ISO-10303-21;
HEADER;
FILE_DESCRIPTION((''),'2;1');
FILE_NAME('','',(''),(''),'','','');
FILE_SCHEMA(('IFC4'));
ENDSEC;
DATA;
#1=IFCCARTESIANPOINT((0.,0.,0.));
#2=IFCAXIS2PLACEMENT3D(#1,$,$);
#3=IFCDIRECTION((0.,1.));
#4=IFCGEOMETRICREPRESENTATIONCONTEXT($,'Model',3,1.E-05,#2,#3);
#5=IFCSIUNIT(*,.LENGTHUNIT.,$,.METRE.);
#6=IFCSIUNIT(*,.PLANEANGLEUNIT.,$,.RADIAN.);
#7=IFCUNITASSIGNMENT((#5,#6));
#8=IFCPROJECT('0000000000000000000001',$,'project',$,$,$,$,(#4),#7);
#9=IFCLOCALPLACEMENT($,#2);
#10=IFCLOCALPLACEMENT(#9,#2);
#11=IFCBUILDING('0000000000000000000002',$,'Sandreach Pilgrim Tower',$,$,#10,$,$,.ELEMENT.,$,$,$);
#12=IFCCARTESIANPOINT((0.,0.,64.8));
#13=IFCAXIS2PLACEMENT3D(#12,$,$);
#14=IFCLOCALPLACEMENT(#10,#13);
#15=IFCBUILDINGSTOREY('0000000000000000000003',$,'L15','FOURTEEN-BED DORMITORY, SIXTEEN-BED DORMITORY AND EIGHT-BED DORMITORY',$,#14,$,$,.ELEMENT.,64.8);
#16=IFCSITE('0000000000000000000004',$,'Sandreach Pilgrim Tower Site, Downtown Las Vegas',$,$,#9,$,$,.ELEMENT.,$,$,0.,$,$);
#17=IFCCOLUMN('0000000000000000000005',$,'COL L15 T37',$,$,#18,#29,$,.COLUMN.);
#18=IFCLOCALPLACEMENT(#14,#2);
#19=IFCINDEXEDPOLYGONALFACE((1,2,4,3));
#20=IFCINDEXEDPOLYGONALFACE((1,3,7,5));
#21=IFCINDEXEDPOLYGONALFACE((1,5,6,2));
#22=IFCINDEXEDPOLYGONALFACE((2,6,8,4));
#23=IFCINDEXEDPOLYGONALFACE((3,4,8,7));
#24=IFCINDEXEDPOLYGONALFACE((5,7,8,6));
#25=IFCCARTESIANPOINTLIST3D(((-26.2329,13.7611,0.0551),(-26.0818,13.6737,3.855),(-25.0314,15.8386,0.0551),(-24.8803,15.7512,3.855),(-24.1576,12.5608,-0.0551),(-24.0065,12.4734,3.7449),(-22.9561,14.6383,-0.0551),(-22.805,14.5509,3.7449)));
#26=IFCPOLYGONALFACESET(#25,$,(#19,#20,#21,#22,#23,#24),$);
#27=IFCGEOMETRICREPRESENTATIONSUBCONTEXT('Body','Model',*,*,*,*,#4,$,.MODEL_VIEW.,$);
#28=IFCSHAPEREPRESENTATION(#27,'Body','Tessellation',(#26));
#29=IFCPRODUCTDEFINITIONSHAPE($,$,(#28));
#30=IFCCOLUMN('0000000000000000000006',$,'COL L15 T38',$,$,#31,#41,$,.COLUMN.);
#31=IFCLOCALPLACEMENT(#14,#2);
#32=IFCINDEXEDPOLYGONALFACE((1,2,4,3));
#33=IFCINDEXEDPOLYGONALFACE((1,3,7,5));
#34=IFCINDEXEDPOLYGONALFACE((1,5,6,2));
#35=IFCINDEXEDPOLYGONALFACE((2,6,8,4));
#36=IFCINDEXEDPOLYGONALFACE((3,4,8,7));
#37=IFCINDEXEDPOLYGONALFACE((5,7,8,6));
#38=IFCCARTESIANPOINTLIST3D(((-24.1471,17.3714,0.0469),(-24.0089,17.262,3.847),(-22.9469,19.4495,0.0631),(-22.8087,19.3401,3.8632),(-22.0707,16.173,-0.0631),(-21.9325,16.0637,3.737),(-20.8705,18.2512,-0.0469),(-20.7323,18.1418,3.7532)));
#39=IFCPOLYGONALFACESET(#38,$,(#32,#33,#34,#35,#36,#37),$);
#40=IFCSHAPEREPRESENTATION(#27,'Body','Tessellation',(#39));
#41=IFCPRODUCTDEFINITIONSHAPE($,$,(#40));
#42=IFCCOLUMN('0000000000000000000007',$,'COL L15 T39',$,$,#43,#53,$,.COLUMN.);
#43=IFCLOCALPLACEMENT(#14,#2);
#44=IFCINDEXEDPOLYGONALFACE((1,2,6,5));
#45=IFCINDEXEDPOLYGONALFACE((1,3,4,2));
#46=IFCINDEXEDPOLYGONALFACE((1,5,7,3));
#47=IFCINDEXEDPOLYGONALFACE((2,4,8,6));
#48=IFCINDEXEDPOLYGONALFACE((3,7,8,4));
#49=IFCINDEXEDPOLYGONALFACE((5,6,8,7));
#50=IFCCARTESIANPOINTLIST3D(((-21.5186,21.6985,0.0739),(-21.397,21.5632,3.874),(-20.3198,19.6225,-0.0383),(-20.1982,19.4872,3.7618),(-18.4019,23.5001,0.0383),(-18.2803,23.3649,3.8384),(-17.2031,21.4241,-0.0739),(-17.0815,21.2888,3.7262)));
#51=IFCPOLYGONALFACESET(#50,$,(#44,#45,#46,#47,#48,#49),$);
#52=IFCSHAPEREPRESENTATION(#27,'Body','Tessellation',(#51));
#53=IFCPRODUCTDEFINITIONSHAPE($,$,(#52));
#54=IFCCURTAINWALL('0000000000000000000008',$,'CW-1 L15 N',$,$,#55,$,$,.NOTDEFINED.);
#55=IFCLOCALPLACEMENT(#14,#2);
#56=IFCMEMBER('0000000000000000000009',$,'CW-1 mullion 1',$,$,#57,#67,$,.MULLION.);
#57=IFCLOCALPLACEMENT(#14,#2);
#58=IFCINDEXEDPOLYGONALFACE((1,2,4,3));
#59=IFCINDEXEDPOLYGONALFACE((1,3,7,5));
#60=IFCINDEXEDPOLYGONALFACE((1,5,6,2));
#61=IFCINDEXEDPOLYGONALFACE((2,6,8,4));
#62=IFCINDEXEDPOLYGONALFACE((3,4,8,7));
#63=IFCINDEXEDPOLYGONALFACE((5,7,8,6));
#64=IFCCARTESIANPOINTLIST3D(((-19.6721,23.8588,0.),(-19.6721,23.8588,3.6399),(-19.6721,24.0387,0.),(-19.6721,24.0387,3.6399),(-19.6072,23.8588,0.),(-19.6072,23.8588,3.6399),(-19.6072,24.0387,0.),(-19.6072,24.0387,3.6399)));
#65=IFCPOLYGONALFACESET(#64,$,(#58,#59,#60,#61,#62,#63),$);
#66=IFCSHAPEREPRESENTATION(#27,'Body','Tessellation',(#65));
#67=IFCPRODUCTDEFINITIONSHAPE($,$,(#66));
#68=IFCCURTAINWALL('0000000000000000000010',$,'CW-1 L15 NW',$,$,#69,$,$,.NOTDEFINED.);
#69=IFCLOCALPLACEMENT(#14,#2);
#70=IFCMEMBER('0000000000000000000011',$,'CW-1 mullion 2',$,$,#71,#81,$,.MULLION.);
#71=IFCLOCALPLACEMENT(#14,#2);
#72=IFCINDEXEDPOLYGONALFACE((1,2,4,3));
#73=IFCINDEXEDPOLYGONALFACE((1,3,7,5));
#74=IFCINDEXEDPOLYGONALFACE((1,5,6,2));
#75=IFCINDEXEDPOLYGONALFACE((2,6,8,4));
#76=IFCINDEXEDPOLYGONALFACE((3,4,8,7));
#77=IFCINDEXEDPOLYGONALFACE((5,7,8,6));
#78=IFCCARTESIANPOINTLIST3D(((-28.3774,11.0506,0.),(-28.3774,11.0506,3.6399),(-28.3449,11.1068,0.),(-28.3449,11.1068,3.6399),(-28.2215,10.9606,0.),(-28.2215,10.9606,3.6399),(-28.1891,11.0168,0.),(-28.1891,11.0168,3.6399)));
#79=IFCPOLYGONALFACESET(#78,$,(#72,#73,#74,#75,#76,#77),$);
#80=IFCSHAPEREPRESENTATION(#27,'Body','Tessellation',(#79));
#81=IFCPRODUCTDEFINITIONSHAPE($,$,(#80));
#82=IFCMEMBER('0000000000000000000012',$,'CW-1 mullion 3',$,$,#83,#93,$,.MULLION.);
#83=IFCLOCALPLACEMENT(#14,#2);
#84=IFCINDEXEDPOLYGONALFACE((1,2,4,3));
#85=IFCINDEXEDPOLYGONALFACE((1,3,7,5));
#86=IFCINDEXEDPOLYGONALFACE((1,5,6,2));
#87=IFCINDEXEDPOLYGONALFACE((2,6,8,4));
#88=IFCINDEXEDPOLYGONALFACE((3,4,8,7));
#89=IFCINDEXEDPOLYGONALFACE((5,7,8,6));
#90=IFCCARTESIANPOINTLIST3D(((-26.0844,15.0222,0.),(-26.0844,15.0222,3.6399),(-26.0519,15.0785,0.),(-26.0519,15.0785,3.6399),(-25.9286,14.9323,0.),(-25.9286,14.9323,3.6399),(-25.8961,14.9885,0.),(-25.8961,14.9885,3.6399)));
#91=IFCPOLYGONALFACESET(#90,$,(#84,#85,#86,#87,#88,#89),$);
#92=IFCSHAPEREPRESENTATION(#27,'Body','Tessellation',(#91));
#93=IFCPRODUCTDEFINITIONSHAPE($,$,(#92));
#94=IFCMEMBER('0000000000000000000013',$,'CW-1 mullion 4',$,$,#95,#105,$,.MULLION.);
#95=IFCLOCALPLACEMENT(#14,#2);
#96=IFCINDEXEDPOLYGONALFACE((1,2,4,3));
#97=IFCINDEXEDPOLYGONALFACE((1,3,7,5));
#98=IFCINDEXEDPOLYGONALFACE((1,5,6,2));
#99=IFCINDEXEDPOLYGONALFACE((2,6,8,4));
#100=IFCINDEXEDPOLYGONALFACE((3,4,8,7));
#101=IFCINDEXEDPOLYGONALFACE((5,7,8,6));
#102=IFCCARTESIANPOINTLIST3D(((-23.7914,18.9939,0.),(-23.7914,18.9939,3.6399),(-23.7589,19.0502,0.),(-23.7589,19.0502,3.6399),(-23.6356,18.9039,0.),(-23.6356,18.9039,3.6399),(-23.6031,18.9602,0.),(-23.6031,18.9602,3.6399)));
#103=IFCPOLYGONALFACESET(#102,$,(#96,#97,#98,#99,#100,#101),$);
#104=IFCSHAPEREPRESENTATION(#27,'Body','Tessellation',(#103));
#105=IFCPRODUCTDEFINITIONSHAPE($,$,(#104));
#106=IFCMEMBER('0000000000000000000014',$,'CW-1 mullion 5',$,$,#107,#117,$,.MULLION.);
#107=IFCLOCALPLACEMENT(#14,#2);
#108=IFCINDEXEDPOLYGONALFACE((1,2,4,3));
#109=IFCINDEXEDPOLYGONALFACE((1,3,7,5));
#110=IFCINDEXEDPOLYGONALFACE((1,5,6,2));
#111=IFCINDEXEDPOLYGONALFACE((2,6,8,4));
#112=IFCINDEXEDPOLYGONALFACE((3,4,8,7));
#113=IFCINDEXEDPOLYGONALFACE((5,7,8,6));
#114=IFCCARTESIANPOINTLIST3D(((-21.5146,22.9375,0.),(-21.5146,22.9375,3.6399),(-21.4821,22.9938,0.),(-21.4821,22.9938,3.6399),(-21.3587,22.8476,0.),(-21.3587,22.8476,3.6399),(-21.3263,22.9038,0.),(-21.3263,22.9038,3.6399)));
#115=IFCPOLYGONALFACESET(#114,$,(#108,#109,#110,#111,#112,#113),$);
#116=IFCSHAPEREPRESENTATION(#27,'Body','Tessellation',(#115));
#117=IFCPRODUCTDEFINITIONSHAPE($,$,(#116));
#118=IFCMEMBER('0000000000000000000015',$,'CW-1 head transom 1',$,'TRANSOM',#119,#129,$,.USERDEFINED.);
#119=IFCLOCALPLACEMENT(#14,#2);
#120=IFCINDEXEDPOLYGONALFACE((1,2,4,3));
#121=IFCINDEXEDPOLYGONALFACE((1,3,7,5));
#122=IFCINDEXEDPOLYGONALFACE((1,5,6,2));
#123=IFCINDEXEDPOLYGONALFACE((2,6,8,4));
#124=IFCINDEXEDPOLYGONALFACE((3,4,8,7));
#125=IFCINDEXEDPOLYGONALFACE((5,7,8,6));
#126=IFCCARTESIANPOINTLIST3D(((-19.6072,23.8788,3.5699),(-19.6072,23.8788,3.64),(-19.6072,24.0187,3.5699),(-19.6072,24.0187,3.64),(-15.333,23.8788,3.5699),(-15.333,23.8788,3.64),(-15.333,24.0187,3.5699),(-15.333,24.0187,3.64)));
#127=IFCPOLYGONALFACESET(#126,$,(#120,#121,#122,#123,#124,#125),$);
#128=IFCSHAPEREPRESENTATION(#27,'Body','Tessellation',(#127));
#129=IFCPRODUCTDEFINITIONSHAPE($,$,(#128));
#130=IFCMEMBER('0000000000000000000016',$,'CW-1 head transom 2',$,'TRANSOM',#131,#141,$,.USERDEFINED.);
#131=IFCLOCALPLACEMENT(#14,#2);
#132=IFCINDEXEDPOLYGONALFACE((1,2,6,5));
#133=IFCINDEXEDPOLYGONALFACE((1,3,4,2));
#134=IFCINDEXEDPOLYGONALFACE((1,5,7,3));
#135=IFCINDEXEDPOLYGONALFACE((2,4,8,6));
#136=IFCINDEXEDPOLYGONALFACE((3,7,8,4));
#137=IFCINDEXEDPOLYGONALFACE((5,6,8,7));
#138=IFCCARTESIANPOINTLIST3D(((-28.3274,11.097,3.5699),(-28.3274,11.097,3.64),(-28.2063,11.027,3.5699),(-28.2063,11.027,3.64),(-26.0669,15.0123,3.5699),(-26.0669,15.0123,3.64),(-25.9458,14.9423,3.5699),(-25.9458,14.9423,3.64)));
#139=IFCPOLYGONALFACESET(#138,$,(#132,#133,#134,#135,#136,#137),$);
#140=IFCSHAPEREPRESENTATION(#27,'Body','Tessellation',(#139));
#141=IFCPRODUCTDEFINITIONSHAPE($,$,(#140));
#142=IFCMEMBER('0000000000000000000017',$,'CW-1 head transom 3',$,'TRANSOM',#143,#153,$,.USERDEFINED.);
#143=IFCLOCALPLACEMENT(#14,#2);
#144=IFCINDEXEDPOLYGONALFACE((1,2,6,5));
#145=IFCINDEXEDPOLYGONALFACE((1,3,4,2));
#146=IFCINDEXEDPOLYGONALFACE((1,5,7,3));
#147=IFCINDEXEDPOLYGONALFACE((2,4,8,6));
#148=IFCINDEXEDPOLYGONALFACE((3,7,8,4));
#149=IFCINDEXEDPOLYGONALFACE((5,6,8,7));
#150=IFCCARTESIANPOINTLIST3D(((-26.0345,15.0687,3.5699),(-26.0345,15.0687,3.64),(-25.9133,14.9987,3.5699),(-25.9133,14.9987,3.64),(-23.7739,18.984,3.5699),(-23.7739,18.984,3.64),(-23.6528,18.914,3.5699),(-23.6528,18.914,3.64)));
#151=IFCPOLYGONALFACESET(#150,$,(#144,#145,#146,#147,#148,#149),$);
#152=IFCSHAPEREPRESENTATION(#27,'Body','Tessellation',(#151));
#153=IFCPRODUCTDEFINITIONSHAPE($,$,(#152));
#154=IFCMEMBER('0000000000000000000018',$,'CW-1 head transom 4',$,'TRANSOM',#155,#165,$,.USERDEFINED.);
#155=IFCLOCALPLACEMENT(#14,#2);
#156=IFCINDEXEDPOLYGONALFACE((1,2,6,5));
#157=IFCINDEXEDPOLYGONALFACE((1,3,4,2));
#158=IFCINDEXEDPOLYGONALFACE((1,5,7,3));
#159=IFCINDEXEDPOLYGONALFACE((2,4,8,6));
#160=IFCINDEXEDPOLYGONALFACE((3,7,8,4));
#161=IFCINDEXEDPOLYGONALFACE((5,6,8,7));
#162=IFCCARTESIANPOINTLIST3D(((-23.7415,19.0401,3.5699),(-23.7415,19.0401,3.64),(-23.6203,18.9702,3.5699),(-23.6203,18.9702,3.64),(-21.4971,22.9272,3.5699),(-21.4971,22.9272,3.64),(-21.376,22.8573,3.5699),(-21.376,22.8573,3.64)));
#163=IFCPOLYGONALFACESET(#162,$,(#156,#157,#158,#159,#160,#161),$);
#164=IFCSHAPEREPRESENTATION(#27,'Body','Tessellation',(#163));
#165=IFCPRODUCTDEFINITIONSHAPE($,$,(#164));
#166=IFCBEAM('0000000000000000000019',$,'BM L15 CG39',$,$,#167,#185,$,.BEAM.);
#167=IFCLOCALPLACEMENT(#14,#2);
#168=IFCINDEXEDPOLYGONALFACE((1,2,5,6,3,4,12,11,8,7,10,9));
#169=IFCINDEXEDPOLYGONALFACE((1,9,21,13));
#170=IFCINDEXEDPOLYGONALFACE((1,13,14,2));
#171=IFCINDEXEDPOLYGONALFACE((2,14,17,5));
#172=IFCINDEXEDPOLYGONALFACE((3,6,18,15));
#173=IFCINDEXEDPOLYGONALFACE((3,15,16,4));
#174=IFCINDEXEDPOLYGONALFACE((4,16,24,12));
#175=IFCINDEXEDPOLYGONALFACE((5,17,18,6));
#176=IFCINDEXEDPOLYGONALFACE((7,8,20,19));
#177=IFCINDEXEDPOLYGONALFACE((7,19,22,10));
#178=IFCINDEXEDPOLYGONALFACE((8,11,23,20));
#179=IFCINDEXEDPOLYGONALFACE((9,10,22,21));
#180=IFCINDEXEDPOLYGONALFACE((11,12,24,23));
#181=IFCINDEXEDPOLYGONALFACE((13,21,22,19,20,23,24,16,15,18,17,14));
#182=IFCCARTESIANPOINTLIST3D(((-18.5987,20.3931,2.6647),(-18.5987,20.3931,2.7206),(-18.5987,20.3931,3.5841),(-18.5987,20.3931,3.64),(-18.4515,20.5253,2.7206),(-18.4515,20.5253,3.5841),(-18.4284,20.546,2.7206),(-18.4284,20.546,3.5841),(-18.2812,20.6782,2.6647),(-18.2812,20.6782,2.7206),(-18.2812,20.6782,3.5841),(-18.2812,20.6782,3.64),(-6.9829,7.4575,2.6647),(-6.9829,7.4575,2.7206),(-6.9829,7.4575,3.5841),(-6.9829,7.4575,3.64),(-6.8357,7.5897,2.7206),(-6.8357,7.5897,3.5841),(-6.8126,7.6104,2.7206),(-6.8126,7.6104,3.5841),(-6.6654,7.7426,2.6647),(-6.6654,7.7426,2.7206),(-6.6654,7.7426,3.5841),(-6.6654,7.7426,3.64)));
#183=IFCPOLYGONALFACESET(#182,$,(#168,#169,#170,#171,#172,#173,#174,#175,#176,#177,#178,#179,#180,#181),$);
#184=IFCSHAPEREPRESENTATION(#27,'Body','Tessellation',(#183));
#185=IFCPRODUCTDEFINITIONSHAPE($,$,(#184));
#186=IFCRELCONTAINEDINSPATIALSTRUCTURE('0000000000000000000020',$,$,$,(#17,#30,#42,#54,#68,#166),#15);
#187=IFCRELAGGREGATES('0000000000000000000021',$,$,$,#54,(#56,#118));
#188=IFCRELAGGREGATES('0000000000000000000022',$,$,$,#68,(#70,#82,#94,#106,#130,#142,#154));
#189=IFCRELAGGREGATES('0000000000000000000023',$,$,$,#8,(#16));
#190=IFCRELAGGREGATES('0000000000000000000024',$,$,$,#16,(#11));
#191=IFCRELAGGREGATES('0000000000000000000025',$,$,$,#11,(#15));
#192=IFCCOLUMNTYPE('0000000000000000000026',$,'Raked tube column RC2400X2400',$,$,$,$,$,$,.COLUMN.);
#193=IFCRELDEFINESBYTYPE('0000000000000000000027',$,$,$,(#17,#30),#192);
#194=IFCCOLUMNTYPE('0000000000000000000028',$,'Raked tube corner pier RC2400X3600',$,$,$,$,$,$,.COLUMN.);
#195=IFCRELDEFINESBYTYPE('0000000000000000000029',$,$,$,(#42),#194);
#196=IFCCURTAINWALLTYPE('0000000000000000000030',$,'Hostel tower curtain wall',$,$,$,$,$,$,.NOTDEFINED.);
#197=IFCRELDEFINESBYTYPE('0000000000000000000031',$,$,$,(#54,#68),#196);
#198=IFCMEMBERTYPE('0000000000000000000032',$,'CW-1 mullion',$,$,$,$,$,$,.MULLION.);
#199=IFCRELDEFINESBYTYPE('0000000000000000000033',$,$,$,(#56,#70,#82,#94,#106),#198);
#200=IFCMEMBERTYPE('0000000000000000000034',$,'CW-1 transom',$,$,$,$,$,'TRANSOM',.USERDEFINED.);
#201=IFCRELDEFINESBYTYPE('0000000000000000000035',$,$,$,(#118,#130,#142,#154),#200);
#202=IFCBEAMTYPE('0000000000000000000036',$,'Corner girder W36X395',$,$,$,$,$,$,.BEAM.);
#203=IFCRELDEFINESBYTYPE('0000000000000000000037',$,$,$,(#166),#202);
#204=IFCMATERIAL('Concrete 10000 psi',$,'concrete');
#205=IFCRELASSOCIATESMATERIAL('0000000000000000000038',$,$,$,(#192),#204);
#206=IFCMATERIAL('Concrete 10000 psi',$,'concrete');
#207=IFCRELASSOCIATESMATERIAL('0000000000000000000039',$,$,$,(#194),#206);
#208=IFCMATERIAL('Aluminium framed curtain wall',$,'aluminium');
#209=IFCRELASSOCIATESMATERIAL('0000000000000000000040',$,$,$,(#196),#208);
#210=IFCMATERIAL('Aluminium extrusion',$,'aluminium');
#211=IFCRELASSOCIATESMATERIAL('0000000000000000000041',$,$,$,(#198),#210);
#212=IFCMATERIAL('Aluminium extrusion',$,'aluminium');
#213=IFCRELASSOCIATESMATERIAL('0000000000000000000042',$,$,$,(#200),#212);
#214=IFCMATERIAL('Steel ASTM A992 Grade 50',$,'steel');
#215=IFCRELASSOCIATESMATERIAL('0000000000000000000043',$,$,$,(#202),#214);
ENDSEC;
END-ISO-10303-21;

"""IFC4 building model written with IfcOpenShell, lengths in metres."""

from ifc_helpers import new_model, si_unit, direction, frame, origin, origin_2d, place, context, subcontext, project, spatial, rectangle, i_section, extrude, material, material_profile, profile_set, type_object, element, aggregate, save


model = new_model("IFC4")

# Units and contexts
model_context = context("Model", 3, precision=1e-05, world=origin(), true_north=direction((0.0, 1.0)))
body_context = subcontext(model_context, "Body", "Model", "MODEL_VIEW")
ifc_project = project(units=[si_unit("LENGTHUNIT", "METRE"), si_unit("PLANEANGLEUNIT", "RADIAN")], contexts=[model_context])

# Site, building, storey
site_placement = place(None, origin())
site = spatial("IfcSite", under=ifc_project, at=site_placement, Name="Sandreach Pilgrim Tower Site, Downtown Las Vegas", CompositionType="ELEMENT", RefElevation=0.0)
building_placement = place(site_placement, origin())
building = spatial("IfcBuilding", under=site, at=building_placement, Name="Sandreach Pilgrim Tower", CompositionType="ELEMENT")
storey_placement = place(building_placement, frame((0.0, 0.0, 64.8)))
storey = spatial("IfcBuildingStorey", under=building, at=storey_placement, Name="L15", Description="FOURTEEN-BED DORMITORY, SIXTEEN-BED DORMITORY AND EIGHT-BED DORMITORY", CompositionType="ELEMENT", Elevation=64.8)

# Columns
ifc_material_1 = material(Name="Concrete 10000 psi", Category="concrete")
ifc_material_profile_1 = material_profile(ifc_material_1, rectangle(XDim=2.3999, YDim=2.3999, at=origin_2d()), Name="RC2400X2400")
ifc_profile_set_1 = profile_set([ifc_material_profile_1], Name="Concrete 10000 psi")
column_type_1 = type_object("IfcColumnType", Name="Raked tube column RC2400X2400", PredefinedType="COLUMN", material=ifc_profile_set_1)
column_1_placement = place(storey_placement, frame((-24.5945, 14.1997, 0.0), z_axis=(0.039727, -0.022976, 0.998946), x_axis=(-0.864738, 0.500123, 0.045892)))
element("IfcColumn", 1, at=column_1_placement, inside=storey, type_object=column_type_1, Name="COL L15 T37", PredefinedType="COLUMN", context=body_context, shape_type="SweptSolid", body=[
    extrude(rectangle(XDim=2.3999, YDim=2.3999, at=origin_2d()), origin(), (0.0, 0.0, 1.0), 3.804),
])
column_2_placement = place(storey_placement, frame((-22.5088, 17.8113, 0.0), z_axis=(0.036325, -0.028752, 0.998926), x_axis=(-0.865203, 0.499322, 0.045834)))
element("IfcColumn", 2, at=column_2_placement, inside=storey, type_object=column_type_1, Name="COL L15 T38", PredefinedType="COLUMN", context=body_context, shape_type="SweptSolid", body=[
    extrude(rectangle(XDim=2.3999, YDim=2.3999, at=origin_2d()), origin(), (0.0, 0.0, 1.0), 3.8042),
])
ifc_material_2 = material(Name="Concrete 10000 psi", Category="concrete")
ifc_material_profile_2 = material_profile(ifc_material_2, rectangle(XDim=2.3999, YDim=3.6001, at=origin_2d()), Name="RC2400X3600")
ifc_profile_set_2 = profile_set([ifc_material_profile_2], Name="Concrete 10000 psi")
column_type_2 = type_object("IfcColumnType", Name="Raked tube corner pier RC2400X3600", PredefinedType="COLUMN", material=ifc_profile_set_2)
column_3_placement = place(storey_placement, frame((-19.3608, 21.5613, 0.0), z_axis=(0.031958, -0.035552, 0.998857), x_axis=(-0.49952, 0.865039, 0.046771)))
element("IfcColumn", 3, at=column_3_placement, inside=storey, type_object=column_type_2, Name="COL L15 T39", PredefinedType="COLUMN", context=body_context, shape_type="SweptSolid", body=[
    extrude(rectangle(XDim=2.3999, YDim=3.6001, at=origin_2d()), origin(), (0.0, 0.0, 1.0), 3.8044),
])

# Curtain wall, member
ifc_material_3 = material(Name="Aluminium framed curtain wall", Category="aluminium")
curtain_wall_type = type_object("IfcCurtainWallType", Name="Hostel tower curtain wall", PredefinedType="NOTDEFINED", material=ifc_material_3)
curtain_wall_1_placement = place(storey_placement, origin())
curtain_wall_1 = element("IfcCurtainWall", 4, at=curtain_wall_1_placement, inside=storey, type_object=curtain_wall_type, Name="CW-1 L15 N", PredefinedType="NOTDEFINED")
ifc_material_4 = material(Name="Aluminium extrusion", Category="aluminium")
ifc_material_profile_3 = material_profile(ifc_material_4, rectangle(XDim=0.0649, YDim=0.1799, at=origin_2d()), Name="CW-1M 65X180")
ifc_profile_set_3 = profile_set([ifc_material_profile_3], Name="Aluminium extrusion")
member_type_1 = type_object("IfcMemberType", Name="CW-1 mullion", PredefinedType="MULLION", material=ifc_profile_set_3)
member_1_placement = place(storey_placement, frame((-19.6396, 23.9487, 0.0), z_axis=(0.0, 0.0, 1.0), x_axis=(1.0, 0.0, 0.0)))
member_1 = element("IfcMember", 5, at=member_1_placement, type_object=member_type_1, Name="CW-1 mullion 1", PredefinedType="MULLION", context=body_context, shape_type="SweptSolid", body=[
    extrude(rectangle(XDim=0.0649, YDim=0.1799, at=origin_2d()), origin(), (0.0, 0.0, 1.0), 3.6399),
])

# Curtain wall, members
curtain_wall_2_placement = place(storey_placement, origin())
curtain_wall_2 = element("IfcCurtainWall", 6, at=curtain_wall_2_placement, inside=storey, type_object=curtain_wall_type, Name="CW-1 L15 NW", PredefinedType="NOTDEFINED")
member_2_placement = place(storey_placement, frame((-28.2832, 11.0337, 0.0), z_axis=(0.0, 0.0, 1.0), x_axis=(0.5, 0.866025, 0.0)))
member_2 = element("IfcMember", 7, at=member_2_placement, type_object=member_type_1, Name="CW-1 mullion 2", PredefinedType="MULLION", context=body_context, shape_type="SweptSolid", body=[
    extrude(rectangle(XDim=0.0649, YDim=0.1799, at=origin_2d()), origin(), (0.0, 0.0, 1.0), 3.6399),
])
member_3_placement = place(storey_placement, frame((-25.9902, 15.0054, 0.0), z_axis=(0.0, 0.0, 1.0), x_axis=(0.5, 0.866025, 0.0)))
member_3 = element("IfcMember", 8, at=member_3_placement, type_object=member_type_1, Name="CW-1 mullion 3", PredefinedType="MULLION", context=body_context, shape_type="SweptSolid", body=[
    extrude(rectangle(XDim=0.0649, YDim=0.1799, at=origin_2d()), origin(), (0.0, 0.0, 1.0), 3.6399),
])
member_4_placement = place(storey_placement, frame((-23.6973, 18.9771, 0.0), z_axis=(0.0, 0.0, 1.0), x_axis=(0.5, 0.866025, 0.0)))
member_4 = element("IfcMember", 9, at=member_4_placement, type_object=member_type_1, Name="CW-1 mullion 4", PredefinedType="MULLION", context=body_context, shape_type="SweptSolid", body=[
    extrude(rectangle(XDim=0.0649, YDim=0.1799, at=origin_2d()), origin(), (0.0, 0.0, 1.0), 3.6399),
])
member_5_placement = place(storey_placement, frame((-21.4204, 22.9207, 0.0), z_axis=(0.0, 0.0, 1.0), x_axis=(0.5, 0.866025, 0.0)))
member_5 = element("IfcMember", 10, at=member_5_placement, type_object=member_type_1, Name="CW-1 mullion 5", PredefinedType="MULLION", context=body_context, shape_type="SweptSolid", body=[
    extrude(rectangle(XDim=0.0649, YDim=0.1799, at=origin_2d()), origin(), (0.0, 0.0, 1.0), 3.6399),
])

# Members
ifc_material_5 = material(Name="Aluminium extrusion", Category="aluminium")
ifc_material_profile_4 = material_profile(ifc_material_5, rectangle(XDim=0.1399, YDim=0.0701, at=origin_2d()), Name="CW-1T 140X70")
ifc_profile_set_4 = profile_set([ifc_material_profile_4], Name="Aluminium extrusion")
member_type_2 = type_object("IfcMemberType", Name="CW-1 transom", ElementType="TRANSOM", PredefinedType="USERDEFINED", material=ifc_profile_set_4)
member_6_placement = place(storey_placement, frame((-19.6072, 23.9487, 3.605), z_axis=(1.0, 0.0, 0.0), x_axis=(0.0, 1.0, 0.0)))
member_6 = element("IfcMember", 11, at=member_6_placement, type_object=member_type_2, Name="CW-1 head transom 1", ObjectType="TRANSOM", PredefinedType="USERDEFINED", context=body_context, shape_type="SweptSolid", body=[
    extrude(rectangle(XDim=0.1399, YDim=0.0701, at=origin_2d()), origin(), (0.0, 0.0, 1.0), 4.2742),
])
member_7_placement = place(storey_placement, frame((-28.2668, 11.062, 3.605), z_axis=(0.500001, 0.866025, 0.0), x_axis=(-0.866025, 0.500001, 0.0)))
member_7 = element("IfcMember", 12, at=member_7_placement, type_object=member_type_2, Name="CW-1 head transom 2", ObjectType="TRANSOM", PredefinedType="USERDEFINED", context=body_context, shape_type="SweptSolid", body=[
    extrude(rectangle(XDim=0.1399, YDim=0.0701, at=origin_2d()), origin(), (0.0, 0.0, 1.0), 4.521),
])
member_8_placement = place(storey_placement, frame((-25.9739, 15.0337, 3.605), z_axis=(0.500001, 0.866025, 0.0), x_axis=(-0.866025, 0.500001, 0.0)))
member_8 = element("IfcMember", 13, at=member_8_placement, type_object=member_type_2, Name="CW-1 head transom 3", ObjectType="TRANSOM", PredefinedType="USERDEFINED", context=body_context, shape_type="SweptSolid", body=[
    extrude(rectangle(XDim=0.1399, YDim=0.0701, at=origin_2d()), origin(), (0.0, 0.0, 1.0), 4.521),
])
member_9_placement = place(storey_placement, frame((-23.6809, 19.0051, 3.605), z_axis=(0.500018, 0.866015, 0.0), x_axis=(-0.866015, 0.500018, 0.0)))
member_9 = element("IfcMember", 14, at=member_9_placement, type_object=member_type_2, Name="CW-1 head transom 4", ObjectType="TRANSOM", PredefinedType="USERDEFINED", context=body_context, shape_type="SweptSolid", body=[
    extrude(rectangle(XDim=0.1399, YDim=0.0701, at=origin_2d()), origin(), (0.0, 0.0, 1.0), 4.4885),
])

# Beam
ifc_material_6 = material(Name="Steel ASTM A992 Grade 50", Category="steel")
ifc_material_profile_5 = material_profile(ifc_material_6, i_section(OverallWidth=0.4268, OverallDepth=0.9753, WebThickness=0.031, FlangeThickness=0.0559, at=origin_2d()), Name="W36X395")
ifc_profile_set_5 = profile_set([ifc_material_profile_5], Name="Steel ASTM A992 Grade 50")
beam_type_1 = type_object("IfcBeamType", Name="Corner girder W36X395", PredefinedType="BEAM", material=ifc_profile_set_5)
beam_1_placement = place(storey_placement, frame((-18.4399, 20.5356, 3.1523), z_axis=(0.668129, -0.744045, 0.0), x_axis=(0.744045, 0.668129, 0.0)))
element("IfcBeam", 15, at=beam_1_placement, inside=storey, type_object=beam_type_1, Name="BM L15 CG39", PredefinedType="BEAM", context=body_context, shape_type="SweptSolid", body=[
    extrude(i_section(OverallWidth=0.4268, OverallDepth=0.9753, WebThickness=0.031, FlangeThickness=0.0559, at=origin_2d()), origin(), (0.0, 0.0, 1.0), 17.3855),
])

aggregate(curtain_wall_1, [member_1, member_6])
aggregate(curtain_wall_2, [member_2, member_3, member_4, member_5, member_7, member_8, member_9])

save(model, "model.ifc")
